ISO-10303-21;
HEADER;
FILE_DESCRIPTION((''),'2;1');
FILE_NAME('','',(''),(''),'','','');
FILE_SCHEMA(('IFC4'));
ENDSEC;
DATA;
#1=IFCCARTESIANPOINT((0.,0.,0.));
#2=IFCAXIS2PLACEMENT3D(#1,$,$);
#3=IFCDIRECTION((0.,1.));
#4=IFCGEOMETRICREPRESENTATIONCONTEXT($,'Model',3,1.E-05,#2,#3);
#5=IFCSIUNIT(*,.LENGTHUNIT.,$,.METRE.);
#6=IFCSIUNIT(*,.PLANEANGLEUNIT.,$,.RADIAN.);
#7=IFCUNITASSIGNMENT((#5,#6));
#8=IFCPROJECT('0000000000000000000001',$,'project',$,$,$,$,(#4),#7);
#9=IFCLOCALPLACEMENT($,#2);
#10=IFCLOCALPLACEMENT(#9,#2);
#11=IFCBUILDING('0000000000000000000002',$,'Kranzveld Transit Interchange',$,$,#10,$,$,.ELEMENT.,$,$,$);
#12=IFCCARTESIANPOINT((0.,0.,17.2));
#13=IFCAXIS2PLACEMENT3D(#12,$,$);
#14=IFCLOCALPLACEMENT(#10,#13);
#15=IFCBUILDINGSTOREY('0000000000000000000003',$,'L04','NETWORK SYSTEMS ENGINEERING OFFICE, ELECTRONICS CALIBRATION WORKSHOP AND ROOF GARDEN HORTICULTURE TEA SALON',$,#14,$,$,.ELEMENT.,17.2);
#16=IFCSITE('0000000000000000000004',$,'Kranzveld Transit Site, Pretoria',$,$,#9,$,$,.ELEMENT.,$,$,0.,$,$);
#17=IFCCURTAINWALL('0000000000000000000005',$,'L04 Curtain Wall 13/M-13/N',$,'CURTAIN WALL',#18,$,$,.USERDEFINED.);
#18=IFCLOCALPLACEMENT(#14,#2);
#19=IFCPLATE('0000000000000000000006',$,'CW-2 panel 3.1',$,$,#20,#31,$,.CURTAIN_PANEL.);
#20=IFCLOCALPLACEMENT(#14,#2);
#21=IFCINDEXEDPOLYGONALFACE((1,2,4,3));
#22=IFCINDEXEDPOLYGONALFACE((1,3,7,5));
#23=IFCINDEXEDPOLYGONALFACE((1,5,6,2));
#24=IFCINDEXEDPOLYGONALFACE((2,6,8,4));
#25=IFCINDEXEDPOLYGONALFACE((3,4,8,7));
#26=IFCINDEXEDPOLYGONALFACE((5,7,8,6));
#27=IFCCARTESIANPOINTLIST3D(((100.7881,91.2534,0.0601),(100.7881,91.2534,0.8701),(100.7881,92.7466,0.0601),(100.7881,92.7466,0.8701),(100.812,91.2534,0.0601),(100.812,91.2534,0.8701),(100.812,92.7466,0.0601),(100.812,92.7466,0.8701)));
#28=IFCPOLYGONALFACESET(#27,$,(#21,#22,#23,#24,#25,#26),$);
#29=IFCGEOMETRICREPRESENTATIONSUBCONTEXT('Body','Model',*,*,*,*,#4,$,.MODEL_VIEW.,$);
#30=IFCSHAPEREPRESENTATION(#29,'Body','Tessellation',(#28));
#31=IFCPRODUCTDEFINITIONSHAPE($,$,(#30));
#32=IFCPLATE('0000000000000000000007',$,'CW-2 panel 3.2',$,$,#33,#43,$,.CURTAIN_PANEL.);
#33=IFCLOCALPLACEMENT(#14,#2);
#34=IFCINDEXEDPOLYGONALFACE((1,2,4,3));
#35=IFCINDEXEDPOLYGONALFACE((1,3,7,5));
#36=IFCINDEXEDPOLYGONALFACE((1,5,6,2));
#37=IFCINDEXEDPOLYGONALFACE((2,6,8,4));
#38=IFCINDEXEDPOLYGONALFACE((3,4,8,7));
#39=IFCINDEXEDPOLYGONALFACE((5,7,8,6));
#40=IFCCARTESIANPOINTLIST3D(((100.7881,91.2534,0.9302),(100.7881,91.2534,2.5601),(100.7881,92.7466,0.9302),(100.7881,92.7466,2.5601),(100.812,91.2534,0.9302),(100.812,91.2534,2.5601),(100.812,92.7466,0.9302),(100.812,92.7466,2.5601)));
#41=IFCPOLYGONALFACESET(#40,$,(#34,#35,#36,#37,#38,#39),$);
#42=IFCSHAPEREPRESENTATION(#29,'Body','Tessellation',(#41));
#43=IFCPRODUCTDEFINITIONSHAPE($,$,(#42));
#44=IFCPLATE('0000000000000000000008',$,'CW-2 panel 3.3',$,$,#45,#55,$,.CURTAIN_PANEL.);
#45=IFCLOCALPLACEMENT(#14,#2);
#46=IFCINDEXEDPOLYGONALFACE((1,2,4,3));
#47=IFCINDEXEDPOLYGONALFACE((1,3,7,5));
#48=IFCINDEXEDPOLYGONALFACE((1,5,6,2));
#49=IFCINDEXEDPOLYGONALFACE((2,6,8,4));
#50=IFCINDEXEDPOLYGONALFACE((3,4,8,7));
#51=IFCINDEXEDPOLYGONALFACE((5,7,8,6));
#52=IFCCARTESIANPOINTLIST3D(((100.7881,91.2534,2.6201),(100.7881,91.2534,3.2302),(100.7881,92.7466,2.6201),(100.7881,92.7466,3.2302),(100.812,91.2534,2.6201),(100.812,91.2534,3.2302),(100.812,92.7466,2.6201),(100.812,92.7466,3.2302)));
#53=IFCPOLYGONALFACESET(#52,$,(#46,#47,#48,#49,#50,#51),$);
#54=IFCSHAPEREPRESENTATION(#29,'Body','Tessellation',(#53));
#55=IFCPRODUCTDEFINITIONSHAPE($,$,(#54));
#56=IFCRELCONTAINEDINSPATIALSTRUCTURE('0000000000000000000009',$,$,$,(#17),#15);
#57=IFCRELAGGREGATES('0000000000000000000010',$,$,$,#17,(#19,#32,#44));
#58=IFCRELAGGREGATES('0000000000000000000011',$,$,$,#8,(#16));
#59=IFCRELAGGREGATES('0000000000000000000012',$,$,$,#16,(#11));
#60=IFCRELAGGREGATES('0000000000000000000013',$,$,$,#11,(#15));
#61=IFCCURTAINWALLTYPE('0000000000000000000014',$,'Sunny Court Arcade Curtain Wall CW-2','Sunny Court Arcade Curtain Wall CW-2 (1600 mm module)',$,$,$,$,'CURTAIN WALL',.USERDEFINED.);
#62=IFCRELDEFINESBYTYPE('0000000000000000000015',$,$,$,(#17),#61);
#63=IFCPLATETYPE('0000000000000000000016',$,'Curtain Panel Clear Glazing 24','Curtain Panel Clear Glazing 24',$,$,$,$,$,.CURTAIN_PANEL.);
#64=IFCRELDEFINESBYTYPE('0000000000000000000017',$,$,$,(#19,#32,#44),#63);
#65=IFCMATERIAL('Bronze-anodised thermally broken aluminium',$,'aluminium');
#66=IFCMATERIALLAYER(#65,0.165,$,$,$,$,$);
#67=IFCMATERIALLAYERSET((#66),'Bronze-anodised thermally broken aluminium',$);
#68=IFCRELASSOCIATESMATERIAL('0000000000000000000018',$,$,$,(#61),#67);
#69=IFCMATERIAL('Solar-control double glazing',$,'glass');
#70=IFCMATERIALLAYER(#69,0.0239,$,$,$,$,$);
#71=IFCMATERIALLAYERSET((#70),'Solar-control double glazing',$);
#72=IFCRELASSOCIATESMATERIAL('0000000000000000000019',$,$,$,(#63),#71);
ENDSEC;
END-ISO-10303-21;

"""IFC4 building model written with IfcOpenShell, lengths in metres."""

from ifc_helpers import new_model, si_unit, direction, frame, origin, origin_2d, place, context, subcontext, project, spatial, rectangle, extrude, material, layer, layer_set, type_object, element, aggregate, save


model = new_model("IFC4")

# Units and contexts
model_context = context("Model", 3, precision=1e-05, world=origin(), true_north=direction((0.0, 1.0)))
body_context = subcontext(model_context, "Body", "Model", "MODEL_VIEW")
ifc_project = project(units=[si_unit("LENGTHUNIT", "METRE"), si_unit("PLANEANGLEUNIT", "RADIAN")], contexts=[model_context])

# Site, building, storey
site_placement = place(None, origin())
site = spatial("IfcSite", under=ifc_project, at=site_placement, Name="Kranzveld Transit Site, Pretoria", CompositionType="ELEMENT", RefElevation=0.0)
building_placement = place(site_placement, origin())
building = spatial("IfcBuilding", under=site, at=building_placement, Name="Kranzveld Transit Interchange", CompositionType="ELEMENT")
storey_placement = place(building_placement, frame((0.0, 0.0, 17.2)))
storey = spatial("IfcBuildingStorey", under=building, at=storey_placement, Name="L04", Description="NETWORK SYSTEMS ENGINEERING OFFICE, ELECTRONICS CALIBRATION WORKSHOP AND ROOF GARDEN HORTICULTURE TEA SALON", CompositionType="ELEMENT", Elevation=17.2)

# Curtain wall
ifc_material_1 = material(Name="Bronze-anodised thermally broken aluminium", Category="aluminium")
ifc_layer_1 = layer(ifc_material_1, 0.165)
ifc_layer_set_1 = layer_set([ifc_layer_1], Name="Bronze-anodised thermally broken aluminium")
curtain_wall_type = type_object("IfcCurtainWallType", Name="Sunny Court Arcade Curtain Wall CW-2", Description="Sunny Court Arcade Curtain Wall CW-2 (1600 mm module)", ElementType="CURTAIN WALL", PredefinedType="USERDEFINED", material=ifc_layer_set_1)
curtain_wall_placement = place(storey_placement, origin())
curtain_wall = element("IfcCurtainWall", 1, at=curtain_wall_placement, inside=storey, type_object=curtain_wall_type, Name="L04 Curtain Wall 13/M-13/N", ObjectType="CURTAIN WALL", PredefinedType="USERDEFINED")

# Plates
ifc_material_2 = material(Name="Solar-control double glazing", Category="glass")
ifc_layer_2 = layer(ifc_material_2, 0.0239)
ifc_layer_set_2 = layer_set([ifc_layer_2], Name="Solar-control double glazing")
plate_type = type_object("IfcPlateType", Name="Curtain Panel Clear Glazing 24", Description="Curtain Panel Clear Glazing 24", PredefinedType="CURTAIN_PANEL", material=ifc_layer_set_2)
plate_1_placement = place(storey_placement, frame((100.8, 92.0, 0.0601), z_axis=(0.0, 0.0, 1.0), x_axis=(0.0, 1.0, 0.0)))
plate_1 = element("IfcPlate", 2, at=plate_1_placement, type_object=plate_type, Name="CW-2 panel 3.1", PredefinedType="CURTAIN_PANEL", context=body_context, shape_type="SweptSolid", body=[
    extrude(rectangle(XDim=1.4932, YDim=0.0239, at=origin_2d()), origin(), (0.0, 0.0, 1.0), 0.8101),
])
plate_2_placement = place(storey_placement, frame((100.8, 92.0, 0.9302), z_axis=(0.0, 0.0, 1.0), x_axis=(0.0, 1.0, 0.0)))
plate_2 = element("IfcPlate", 3, at=plate_2_placement, type_object=plate_type, Name="CW-2 panel 3.2", PredefinedType="CURTAIN_PANEL", context=body_context, shape_type="SweptSolid", body=[
    extrude(rectangle(XDim=1.4932, YDim=0.0239, at=origin_2d()), origin(), (0.0, 0.0, 1.0), 1.6299),
])
plate_3_placement = place(storey_placement, frame((100.8, 92.0, 2.6201), z_axis=(0.0, 0.0, 1.0), x_axis=(0.0, 1.0, 0.0)))
plate_3 = element("IfcPlate", 4, at=plate_3_placement, type_object=plate_type, Name="CW-2 panel 3.3", PredefinedType="CURTAIN_PANEL", context=body_context, shape_type="SweptSolid", body=[
    extrude(rectangle(XDim=1.4932, YDim=0.0239, at=origin_2d()), origin(), (0.0, 0.0, 1.0), 0.6101),
])
aggregate(curtain_wall, [plate_1, plate_2, plate_3])

save(model, "model.ifc")
